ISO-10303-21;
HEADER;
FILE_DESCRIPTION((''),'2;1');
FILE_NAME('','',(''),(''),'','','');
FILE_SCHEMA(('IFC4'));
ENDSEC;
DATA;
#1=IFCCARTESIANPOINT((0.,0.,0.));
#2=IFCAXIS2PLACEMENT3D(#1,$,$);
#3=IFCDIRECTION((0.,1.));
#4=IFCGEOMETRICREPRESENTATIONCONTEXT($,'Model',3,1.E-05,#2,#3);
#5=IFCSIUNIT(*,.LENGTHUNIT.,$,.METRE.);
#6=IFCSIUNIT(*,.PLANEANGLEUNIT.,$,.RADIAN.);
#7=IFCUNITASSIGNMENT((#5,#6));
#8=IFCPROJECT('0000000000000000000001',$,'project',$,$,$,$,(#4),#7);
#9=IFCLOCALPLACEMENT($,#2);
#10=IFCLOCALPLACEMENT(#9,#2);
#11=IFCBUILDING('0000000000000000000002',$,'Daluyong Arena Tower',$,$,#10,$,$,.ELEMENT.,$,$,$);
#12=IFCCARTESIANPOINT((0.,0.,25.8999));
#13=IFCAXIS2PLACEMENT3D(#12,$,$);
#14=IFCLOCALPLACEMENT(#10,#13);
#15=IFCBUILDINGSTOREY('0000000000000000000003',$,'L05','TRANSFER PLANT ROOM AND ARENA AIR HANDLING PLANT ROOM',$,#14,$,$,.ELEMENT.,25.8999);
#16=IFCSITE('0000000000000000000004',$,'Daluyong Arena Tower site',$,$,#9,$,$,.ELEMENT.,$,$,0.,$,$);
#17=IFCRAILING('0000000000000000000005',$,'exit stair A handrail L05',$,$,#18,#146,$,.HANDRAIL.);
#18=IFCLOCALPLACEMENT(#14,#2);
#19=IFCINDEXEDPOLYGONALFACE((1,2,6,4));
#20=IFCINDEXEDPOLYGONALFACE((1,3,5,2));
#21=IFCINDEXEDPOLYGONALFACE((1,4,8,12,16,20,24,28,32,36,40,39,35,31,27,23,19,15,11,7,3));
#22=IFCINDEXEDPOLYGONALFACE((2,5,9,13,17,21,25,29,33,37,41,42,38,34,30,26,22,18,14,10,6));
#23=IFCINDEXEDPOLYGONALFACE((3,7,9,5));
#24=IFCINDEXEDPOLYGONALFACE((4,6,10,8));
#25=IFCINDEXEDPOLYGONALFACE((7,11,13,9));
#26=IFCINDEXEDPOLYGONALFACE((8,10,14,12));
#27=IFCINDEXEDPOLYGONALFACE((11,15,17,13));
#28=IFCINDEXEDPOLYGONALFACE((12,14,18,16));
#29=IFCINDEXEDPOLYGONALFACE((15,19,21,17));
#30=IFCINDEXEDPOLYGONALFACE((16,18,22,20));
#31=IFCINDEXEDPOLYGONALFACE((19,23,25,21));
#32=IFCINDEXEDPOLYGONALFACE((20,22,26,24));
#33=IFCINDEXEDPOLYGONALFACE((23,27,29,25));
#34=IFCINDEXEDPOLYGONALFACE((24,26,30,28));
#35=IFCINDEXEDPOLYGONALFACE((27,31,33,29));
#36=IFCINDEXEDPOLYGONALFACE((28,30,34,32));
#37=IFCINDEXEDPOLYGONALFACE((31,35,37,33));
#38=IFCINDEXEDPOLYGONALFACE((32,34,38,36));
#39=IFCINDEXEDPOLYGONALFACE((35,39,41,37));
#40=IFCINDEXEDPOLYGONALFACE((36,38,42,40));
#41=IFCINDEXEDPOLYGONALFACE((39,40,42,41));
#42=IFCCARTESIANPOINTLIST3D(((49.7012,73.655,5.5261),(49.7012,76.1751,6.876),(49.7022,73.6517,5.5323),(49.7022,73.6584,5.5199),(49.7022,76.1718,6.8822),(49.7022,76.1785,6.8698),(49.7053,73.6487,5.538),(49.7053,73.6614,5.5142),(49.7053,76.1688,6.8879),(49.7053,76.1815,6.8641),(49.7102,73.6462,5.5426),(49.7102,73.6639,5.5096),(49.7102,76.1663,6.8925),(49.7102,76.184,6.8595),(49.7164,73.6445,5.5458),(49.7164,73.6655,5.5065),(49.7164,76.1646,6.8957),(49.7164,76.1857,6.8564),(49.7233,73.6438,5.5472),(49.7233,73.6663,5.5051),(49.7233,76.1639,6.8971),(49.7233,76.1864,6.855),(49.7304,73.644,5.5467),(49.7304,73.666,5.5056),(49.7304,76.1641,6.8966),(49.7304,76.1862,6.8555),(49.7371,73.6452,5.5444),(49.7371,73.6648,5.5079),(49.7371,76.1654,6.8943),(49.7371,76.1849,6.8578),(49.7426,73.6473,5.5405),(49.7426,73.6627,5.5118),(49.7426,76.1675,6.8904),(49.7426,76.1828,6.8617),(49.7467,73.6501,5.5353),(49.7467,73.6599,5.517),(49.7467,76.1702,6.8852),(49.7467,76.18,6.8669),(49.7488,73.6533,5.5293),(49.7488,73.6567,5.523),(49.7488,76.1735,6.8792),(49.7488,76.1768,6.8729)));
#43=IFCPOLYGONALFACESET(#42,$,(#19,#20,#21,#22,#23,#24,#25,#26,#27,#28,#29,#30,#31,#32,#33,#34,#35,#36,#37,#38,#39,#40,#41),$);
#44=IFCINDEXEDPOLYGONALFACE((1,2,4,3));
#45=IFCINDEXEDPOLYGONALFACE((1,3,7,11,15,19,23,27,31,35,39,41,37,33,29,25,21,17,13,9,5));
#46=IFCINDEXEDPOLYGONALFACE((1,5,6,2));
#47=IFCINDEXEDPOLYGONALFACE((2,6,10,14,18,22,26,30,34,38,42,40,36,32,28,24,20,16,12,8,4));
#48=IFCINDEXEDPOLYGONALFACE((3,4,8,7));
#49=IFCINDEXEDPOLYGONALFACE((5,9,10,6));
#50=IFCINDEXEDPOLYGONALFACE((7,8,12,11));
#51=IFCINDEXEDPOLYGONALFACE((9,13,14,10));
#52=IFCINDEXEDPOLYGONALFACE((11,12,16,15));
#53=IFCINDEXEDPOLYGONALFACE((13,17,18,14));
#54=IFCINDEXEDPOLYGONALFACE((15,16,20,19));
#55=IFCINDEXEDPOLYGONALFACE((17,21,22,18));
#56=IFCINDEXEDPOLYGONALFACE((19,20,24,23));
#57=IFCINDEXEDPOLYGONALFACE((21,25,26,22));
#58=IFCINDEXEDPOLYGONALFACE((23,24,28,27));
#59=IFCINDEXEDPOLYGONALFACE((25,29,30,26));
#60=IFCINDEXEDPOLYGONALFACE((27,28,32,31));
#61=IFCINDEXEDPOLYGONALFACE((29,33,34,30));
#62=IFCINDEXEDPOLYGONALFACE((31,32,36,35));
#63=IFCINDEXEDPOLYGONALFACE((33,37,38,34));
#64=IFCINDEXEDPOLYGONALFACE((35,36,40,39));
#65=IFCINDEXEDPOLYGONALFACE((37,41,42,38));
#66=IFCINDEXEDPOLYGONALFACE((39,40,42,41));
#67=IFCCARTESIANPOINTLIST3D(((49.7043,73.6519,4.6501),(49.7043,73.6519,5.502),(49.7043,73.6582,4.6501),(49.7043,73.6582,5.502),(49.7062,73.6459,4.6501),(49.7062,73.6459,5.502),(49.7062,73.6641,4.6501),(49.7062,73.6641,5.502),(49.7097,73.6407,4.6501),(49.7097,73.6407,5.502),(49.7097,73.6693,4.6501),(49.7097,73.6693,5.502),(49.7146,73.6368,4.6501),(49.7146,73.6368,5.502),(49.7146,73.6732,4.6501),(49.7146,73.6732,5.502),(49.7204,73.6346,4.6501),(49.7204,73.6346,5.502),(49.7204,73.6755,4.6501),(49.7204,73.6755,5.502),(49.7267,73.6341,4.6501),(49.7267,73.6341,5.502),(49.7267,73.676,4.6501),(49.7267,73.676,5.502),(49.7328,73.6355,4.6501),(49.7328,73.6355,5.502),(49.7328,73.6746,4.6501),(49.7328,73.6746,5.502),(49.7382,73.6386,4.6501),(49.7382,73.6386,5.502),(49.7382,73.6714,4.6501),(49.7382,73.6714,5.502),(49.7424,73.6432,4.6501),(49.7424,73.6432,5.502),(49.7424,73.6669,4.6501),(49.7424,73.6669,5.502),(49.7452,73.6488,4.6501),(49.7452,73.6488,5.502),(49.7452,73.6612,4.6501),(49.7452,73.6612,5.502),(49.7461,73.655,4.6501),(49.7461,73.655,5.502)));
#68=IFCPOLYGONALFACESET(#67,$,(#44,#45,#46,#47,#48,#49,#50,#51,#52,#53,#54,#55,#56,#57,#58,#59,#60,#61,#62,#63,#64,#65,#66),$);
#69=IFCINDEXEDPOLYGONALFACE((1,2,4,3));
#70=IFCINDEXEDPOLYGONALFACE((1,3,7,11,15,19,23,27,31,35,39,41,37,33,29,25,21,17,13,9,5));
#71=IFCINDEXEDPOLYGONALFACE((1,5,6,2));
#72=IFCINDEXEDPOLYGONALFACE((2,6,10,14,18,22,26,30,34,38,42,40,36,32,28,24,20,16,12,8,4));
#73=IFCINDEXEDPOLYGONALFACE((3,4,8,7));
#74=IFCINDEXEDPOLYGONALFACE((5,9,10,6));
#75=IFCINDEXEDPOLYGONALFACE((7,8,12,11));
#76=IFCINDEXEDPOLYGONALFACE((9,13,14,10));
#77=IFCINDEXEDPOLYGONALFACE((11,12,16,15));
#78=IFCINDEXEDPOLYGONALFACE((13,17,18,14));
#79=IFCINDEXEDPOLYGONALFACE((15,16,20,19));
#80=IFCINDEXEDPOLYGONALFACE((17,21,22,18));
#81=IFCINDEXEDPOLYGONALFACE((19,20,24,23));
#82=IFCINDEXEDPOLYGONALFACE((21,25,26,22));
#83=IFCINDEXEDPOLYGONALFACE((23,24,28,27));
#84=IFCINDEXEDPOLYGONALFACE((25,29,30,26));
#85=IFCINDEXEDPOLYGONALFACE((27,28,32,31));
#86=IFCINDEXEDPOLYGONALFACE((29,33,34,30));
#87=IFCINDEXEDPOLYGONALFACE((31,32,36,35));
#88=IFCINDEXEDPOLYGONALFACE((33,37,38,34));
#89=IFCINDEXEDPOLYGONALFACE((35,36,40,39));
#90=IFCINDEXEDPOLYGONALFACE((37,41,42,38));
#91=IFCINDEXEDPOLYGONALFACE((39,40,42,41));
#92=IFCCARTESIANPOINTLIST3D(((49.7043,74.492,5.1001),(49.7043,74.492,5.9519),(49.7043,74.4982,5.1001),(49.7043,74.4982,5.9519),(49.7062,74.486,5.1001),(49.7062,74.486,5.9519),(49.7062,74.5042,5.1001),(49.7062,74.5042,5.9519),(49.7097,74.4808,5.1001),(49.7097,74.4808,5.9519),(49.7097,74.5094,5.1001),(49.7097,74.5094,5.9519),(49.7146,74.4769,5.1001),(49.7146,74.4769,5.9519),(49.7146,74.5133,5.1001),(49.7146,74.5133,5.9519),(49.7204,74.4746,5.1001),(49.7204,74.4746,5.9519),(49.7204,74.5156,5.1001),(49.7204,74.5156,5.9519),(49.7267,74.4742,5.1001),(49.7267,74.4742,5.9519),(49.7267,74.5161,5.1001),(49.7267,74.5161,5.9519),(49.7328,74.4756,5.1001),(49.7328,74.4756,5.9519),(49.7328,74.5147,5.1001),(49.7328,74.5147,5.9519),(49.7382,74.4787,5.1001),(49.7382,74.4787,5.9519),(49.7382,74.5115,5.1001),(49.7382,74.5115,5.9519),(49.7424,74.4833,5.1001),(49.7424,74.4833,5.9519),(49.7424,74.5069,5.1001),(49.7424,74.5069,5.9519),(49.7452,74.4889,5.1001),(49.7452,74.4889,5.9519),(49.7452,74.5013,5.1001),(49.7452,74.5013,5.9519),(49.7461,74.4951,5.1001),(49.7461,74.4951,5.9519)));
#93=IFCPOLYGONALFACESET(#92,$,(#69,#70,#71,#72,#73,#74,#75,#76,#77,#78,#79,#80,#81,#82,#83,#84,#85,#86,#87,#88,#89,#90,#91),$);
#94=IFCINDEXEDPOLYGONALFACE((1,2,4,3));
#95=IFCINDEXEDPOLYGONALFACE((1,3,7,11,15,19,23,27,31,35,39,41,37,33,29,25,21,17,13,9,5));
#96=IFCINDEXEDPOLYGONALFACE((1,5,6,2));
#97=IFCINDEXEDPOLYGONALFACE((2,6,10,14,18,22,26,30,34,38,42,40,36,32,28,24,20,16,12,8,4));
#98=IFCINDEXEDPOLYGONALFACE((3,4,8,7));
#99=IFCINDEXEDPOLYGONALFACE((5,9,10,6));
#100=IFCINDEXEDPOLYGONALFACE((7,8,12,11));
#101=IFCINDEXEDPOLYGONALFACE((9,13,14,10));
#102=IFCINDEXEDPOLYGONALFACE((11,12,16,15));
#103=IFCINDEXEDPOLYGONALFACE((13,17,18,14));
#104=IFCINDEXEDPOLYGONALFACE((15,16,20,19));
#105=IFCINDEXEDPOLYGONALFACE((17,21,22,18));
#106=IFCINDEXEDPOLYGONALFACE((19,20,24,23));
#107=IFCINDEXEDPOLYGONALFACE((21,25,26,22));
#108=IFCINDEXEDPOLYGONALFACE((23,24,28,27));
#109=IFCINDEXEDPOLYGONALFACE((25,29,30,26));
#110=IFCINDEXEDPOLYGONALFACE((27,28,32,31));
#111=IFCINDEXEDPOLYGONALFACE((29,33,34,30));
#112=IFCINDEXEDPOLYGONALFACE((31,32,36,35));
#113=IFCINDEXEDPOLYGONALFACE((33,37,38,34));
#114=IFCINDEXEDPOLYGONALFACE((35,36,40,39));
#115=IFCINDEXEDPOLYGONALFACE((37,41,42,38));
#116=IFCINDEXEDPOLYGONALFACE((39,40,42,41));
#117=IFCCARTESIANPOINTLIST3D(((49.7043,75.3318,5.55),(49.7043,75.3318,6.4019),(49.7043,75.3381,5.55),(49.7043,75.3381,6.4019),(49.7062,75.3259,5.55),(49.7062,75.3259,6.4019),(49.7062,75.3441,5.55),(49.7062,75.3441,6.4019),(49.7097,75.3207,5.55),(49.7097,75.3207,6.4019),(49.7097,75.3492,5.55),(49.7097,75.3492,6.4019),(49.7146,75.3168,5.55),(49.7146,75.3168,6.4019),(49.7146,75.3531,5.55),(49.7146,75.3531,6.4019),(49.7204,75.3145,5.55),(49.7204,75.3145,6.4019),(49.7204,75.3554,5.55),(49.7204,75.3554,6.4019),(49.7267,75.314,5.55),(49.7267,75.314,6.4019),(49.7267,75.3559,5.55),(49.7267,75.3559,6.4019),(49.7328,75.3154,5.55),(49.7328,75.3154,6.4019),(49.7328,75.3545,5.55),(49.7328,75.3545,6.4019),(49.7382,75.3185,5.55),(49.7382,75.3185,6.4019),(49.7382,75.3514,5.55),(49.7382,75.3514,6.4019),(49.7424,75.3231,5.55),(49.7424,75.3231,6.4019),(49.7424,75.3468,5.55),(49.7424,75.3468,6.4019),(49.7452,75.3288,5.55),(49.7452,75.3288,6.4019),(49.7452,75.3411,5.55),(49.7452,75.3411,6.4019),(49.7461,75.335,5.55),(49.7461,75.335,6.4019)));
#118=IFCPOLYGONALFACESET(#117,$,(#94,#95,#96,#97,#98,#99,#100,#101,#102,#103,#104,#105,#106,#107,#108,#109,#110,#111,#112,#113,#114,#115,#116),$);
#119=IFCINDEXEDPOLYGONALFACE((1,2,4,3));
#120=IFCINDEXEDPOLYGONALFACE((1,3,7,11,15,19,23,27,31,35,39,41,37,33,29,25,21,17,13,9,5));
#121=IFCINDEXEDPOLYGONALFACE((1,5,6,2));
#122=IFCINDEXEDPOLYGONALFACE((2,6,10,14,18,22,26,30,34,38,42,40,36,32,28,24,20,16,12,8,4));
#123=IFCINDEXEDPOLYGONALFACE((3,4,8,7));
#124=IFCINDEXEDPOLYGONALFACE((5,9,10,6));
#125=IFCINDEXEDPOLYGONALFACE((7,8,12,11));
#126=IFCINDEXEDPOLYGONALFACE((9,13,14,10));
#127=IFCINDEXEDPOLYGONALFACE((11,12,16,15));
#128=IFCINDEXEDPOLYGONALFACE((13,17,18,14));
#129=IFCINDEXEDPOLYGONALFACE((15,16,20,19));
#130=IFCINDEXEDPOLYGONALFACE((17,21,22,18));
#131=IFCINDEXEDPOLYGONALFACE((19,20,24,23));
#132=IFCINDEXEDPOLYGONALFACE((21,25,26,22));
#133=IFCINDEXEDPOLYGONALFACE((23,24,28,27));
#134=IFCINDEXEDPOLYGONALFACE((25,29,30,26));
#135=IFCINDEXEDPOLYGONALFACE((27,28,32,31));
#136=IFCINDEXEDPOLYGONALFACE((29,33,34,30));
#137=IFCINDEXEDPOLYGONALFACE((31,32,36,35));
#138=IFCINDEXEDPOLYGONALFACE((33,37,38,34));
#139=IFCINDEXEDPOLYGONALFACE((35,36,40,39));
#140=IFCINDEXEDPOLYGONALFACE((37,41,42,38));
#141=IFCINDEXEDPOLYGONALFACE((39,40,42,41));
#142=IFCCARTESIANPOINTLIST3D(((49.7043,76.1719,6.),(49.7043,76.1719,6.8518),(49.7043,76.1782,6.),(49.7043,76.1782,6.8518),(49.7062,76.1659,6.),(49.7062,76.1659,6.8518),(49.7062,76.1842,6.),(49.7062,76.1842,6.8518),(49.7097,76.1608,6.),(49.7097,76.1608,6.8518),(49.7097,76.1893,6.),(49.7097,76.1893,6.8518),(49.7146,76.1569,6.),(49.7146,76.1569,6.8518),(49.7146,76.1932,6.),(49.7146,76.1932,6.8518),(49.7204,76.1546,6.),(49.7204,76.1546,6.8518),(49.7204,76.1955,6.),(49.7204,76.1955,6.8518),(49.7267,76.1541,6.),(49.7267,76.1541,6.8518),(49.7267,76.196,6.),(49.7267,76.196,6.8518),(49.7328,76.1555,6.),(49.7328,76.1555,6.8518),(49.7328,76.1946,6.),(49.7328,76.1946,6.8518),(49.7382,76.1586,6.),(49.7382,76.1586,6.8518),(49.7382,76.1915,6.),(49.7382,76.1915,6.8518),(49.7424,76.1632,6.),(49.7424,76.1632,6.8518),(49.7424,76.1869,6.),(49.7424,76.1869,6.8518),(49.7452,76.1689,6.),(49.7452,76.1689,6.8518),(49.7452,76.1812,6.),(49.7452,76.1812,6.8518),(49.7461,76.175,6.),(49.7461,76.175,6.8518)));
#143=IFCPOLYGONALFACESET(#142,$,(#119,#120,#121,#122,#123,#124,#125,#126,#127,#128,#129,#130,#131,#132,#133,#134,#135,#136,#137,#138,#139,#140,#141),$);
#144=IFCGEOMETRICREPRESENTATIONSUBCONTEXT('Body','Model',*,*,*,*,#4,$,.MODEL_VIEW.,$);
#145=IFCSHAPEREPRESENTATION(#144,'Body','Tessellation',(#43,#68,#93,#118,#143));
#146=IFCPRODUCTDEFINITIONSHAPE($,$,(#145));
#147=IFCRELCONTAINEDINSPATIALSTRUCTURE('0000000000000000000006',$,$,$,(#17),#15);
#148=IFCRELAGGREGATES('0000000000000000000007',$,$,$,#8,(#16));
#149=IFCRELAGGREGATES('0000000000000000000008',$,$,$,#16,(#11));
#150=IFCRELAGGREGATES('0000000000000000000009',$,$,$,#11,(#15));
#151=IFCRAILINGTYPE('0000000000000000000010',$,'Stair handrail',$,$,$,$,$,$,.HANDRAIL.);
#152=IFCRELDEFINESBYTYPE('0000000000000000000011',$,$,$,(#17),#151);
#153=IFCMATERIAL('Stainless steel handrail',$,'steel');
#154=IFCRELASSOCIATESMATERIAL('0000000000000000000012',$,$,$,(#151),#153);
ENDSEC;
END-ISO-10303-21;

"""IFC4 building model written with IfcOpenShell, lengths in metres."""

from ifc_helpers import new_model, si_unit, direction, frame, origin, origin_2d, place, context, subcontext, project, spatial, circle, extrude, material, type_object, element, save


model = new_model("IFC4")

# Units and contexts
model_context = context("Model", 3, precision=1e-05, world=origin(), true_north=direction((0.0, 1.0)))
body_context = subcontext(model_context, "Body", "Model", "MODEL_VIEW")
ifc_project = project(units=[si_unit("LENGTHUNIT", "METRE"), si_unit("PLANEANGLEUNIT", "RADIAN")], contexts=[model_context])

# Site, building, storey
site_placement = place(None, origin())
site = spatial("IfcSite", under=ifc_project, at=site_placement, Name="Daluyong Arena Tower site", CompositionType="ELEMENT", RefElevation=0.0)
building_placement = place(site_placement, origin())
building = spatial("IfcBuilding", under=site, at=building_placement, Name="Daluyong Arena Tower", CompositionType="ELEMENT")
storey_placement = place(building_placement, frame((0.0, 0.0, 25.8999)))
storey = spatial("IfcBuildingStorey", under=building, at=storey_placement, Name="L05", Description="TRANSFER PLANT ROOM AND ARENA AIR HANDLING PLANT ROOM", CompositionType="ELEMENT", Elevation=25.8999)

# Railing
ifc_material_1 = material(Name="Stainless steel handrail", Category="steel")
railing_type_1 = type_object("IfcRailingType", Name="Stair handrail", PredefinedType="HANDRAIL", material=ifc_material_1)
for number, where, name in (
    (1, (49.7251, 73.655, 4.6501), "exit stair A handrail L05"),
):
    element("IfcRailing", number, at=place(storey_placement, frame(where)), inside=storey, type_object=railing_type_1, Name=name, PredefinedType="HANDRAIL", context=body_context, shape_type="SweptSolid", body=[
        extrude(circle(Radius=0.0239, at=origin_2d()), frame((0.0, 0.0, 0.876), z_axis=(0.0, 0.881503, 0.472179), x_axis=(-1.0, 0.0, 0.0)), (0.0, 0.0, 1.0), 2.8589),
        extrude(circle(Radius=0.021, at=origin_2d()), origin(), (0.0, 0.0, 1.0), 0.8518),
        extrude(circle(Radius=0.021, at=origin_2d()), frame((0.0, 0.8401, 0.45)), (0.0, 0.0, 1.0), 0.8518),
        extrude(circle(Radius=0.021, at=origin_2d()), frame((0.0, 1.6799, 0.8999)), (0.0, 0.0, 1.0), 0.8518),
        extrude(circle(Radius=0.021, at=origin_2d()), frame((0.0, 2.52, 1.3499)), (0.0, 0.0, 1.0), 0.8518),
    ])

save(model, "model.ifc")
